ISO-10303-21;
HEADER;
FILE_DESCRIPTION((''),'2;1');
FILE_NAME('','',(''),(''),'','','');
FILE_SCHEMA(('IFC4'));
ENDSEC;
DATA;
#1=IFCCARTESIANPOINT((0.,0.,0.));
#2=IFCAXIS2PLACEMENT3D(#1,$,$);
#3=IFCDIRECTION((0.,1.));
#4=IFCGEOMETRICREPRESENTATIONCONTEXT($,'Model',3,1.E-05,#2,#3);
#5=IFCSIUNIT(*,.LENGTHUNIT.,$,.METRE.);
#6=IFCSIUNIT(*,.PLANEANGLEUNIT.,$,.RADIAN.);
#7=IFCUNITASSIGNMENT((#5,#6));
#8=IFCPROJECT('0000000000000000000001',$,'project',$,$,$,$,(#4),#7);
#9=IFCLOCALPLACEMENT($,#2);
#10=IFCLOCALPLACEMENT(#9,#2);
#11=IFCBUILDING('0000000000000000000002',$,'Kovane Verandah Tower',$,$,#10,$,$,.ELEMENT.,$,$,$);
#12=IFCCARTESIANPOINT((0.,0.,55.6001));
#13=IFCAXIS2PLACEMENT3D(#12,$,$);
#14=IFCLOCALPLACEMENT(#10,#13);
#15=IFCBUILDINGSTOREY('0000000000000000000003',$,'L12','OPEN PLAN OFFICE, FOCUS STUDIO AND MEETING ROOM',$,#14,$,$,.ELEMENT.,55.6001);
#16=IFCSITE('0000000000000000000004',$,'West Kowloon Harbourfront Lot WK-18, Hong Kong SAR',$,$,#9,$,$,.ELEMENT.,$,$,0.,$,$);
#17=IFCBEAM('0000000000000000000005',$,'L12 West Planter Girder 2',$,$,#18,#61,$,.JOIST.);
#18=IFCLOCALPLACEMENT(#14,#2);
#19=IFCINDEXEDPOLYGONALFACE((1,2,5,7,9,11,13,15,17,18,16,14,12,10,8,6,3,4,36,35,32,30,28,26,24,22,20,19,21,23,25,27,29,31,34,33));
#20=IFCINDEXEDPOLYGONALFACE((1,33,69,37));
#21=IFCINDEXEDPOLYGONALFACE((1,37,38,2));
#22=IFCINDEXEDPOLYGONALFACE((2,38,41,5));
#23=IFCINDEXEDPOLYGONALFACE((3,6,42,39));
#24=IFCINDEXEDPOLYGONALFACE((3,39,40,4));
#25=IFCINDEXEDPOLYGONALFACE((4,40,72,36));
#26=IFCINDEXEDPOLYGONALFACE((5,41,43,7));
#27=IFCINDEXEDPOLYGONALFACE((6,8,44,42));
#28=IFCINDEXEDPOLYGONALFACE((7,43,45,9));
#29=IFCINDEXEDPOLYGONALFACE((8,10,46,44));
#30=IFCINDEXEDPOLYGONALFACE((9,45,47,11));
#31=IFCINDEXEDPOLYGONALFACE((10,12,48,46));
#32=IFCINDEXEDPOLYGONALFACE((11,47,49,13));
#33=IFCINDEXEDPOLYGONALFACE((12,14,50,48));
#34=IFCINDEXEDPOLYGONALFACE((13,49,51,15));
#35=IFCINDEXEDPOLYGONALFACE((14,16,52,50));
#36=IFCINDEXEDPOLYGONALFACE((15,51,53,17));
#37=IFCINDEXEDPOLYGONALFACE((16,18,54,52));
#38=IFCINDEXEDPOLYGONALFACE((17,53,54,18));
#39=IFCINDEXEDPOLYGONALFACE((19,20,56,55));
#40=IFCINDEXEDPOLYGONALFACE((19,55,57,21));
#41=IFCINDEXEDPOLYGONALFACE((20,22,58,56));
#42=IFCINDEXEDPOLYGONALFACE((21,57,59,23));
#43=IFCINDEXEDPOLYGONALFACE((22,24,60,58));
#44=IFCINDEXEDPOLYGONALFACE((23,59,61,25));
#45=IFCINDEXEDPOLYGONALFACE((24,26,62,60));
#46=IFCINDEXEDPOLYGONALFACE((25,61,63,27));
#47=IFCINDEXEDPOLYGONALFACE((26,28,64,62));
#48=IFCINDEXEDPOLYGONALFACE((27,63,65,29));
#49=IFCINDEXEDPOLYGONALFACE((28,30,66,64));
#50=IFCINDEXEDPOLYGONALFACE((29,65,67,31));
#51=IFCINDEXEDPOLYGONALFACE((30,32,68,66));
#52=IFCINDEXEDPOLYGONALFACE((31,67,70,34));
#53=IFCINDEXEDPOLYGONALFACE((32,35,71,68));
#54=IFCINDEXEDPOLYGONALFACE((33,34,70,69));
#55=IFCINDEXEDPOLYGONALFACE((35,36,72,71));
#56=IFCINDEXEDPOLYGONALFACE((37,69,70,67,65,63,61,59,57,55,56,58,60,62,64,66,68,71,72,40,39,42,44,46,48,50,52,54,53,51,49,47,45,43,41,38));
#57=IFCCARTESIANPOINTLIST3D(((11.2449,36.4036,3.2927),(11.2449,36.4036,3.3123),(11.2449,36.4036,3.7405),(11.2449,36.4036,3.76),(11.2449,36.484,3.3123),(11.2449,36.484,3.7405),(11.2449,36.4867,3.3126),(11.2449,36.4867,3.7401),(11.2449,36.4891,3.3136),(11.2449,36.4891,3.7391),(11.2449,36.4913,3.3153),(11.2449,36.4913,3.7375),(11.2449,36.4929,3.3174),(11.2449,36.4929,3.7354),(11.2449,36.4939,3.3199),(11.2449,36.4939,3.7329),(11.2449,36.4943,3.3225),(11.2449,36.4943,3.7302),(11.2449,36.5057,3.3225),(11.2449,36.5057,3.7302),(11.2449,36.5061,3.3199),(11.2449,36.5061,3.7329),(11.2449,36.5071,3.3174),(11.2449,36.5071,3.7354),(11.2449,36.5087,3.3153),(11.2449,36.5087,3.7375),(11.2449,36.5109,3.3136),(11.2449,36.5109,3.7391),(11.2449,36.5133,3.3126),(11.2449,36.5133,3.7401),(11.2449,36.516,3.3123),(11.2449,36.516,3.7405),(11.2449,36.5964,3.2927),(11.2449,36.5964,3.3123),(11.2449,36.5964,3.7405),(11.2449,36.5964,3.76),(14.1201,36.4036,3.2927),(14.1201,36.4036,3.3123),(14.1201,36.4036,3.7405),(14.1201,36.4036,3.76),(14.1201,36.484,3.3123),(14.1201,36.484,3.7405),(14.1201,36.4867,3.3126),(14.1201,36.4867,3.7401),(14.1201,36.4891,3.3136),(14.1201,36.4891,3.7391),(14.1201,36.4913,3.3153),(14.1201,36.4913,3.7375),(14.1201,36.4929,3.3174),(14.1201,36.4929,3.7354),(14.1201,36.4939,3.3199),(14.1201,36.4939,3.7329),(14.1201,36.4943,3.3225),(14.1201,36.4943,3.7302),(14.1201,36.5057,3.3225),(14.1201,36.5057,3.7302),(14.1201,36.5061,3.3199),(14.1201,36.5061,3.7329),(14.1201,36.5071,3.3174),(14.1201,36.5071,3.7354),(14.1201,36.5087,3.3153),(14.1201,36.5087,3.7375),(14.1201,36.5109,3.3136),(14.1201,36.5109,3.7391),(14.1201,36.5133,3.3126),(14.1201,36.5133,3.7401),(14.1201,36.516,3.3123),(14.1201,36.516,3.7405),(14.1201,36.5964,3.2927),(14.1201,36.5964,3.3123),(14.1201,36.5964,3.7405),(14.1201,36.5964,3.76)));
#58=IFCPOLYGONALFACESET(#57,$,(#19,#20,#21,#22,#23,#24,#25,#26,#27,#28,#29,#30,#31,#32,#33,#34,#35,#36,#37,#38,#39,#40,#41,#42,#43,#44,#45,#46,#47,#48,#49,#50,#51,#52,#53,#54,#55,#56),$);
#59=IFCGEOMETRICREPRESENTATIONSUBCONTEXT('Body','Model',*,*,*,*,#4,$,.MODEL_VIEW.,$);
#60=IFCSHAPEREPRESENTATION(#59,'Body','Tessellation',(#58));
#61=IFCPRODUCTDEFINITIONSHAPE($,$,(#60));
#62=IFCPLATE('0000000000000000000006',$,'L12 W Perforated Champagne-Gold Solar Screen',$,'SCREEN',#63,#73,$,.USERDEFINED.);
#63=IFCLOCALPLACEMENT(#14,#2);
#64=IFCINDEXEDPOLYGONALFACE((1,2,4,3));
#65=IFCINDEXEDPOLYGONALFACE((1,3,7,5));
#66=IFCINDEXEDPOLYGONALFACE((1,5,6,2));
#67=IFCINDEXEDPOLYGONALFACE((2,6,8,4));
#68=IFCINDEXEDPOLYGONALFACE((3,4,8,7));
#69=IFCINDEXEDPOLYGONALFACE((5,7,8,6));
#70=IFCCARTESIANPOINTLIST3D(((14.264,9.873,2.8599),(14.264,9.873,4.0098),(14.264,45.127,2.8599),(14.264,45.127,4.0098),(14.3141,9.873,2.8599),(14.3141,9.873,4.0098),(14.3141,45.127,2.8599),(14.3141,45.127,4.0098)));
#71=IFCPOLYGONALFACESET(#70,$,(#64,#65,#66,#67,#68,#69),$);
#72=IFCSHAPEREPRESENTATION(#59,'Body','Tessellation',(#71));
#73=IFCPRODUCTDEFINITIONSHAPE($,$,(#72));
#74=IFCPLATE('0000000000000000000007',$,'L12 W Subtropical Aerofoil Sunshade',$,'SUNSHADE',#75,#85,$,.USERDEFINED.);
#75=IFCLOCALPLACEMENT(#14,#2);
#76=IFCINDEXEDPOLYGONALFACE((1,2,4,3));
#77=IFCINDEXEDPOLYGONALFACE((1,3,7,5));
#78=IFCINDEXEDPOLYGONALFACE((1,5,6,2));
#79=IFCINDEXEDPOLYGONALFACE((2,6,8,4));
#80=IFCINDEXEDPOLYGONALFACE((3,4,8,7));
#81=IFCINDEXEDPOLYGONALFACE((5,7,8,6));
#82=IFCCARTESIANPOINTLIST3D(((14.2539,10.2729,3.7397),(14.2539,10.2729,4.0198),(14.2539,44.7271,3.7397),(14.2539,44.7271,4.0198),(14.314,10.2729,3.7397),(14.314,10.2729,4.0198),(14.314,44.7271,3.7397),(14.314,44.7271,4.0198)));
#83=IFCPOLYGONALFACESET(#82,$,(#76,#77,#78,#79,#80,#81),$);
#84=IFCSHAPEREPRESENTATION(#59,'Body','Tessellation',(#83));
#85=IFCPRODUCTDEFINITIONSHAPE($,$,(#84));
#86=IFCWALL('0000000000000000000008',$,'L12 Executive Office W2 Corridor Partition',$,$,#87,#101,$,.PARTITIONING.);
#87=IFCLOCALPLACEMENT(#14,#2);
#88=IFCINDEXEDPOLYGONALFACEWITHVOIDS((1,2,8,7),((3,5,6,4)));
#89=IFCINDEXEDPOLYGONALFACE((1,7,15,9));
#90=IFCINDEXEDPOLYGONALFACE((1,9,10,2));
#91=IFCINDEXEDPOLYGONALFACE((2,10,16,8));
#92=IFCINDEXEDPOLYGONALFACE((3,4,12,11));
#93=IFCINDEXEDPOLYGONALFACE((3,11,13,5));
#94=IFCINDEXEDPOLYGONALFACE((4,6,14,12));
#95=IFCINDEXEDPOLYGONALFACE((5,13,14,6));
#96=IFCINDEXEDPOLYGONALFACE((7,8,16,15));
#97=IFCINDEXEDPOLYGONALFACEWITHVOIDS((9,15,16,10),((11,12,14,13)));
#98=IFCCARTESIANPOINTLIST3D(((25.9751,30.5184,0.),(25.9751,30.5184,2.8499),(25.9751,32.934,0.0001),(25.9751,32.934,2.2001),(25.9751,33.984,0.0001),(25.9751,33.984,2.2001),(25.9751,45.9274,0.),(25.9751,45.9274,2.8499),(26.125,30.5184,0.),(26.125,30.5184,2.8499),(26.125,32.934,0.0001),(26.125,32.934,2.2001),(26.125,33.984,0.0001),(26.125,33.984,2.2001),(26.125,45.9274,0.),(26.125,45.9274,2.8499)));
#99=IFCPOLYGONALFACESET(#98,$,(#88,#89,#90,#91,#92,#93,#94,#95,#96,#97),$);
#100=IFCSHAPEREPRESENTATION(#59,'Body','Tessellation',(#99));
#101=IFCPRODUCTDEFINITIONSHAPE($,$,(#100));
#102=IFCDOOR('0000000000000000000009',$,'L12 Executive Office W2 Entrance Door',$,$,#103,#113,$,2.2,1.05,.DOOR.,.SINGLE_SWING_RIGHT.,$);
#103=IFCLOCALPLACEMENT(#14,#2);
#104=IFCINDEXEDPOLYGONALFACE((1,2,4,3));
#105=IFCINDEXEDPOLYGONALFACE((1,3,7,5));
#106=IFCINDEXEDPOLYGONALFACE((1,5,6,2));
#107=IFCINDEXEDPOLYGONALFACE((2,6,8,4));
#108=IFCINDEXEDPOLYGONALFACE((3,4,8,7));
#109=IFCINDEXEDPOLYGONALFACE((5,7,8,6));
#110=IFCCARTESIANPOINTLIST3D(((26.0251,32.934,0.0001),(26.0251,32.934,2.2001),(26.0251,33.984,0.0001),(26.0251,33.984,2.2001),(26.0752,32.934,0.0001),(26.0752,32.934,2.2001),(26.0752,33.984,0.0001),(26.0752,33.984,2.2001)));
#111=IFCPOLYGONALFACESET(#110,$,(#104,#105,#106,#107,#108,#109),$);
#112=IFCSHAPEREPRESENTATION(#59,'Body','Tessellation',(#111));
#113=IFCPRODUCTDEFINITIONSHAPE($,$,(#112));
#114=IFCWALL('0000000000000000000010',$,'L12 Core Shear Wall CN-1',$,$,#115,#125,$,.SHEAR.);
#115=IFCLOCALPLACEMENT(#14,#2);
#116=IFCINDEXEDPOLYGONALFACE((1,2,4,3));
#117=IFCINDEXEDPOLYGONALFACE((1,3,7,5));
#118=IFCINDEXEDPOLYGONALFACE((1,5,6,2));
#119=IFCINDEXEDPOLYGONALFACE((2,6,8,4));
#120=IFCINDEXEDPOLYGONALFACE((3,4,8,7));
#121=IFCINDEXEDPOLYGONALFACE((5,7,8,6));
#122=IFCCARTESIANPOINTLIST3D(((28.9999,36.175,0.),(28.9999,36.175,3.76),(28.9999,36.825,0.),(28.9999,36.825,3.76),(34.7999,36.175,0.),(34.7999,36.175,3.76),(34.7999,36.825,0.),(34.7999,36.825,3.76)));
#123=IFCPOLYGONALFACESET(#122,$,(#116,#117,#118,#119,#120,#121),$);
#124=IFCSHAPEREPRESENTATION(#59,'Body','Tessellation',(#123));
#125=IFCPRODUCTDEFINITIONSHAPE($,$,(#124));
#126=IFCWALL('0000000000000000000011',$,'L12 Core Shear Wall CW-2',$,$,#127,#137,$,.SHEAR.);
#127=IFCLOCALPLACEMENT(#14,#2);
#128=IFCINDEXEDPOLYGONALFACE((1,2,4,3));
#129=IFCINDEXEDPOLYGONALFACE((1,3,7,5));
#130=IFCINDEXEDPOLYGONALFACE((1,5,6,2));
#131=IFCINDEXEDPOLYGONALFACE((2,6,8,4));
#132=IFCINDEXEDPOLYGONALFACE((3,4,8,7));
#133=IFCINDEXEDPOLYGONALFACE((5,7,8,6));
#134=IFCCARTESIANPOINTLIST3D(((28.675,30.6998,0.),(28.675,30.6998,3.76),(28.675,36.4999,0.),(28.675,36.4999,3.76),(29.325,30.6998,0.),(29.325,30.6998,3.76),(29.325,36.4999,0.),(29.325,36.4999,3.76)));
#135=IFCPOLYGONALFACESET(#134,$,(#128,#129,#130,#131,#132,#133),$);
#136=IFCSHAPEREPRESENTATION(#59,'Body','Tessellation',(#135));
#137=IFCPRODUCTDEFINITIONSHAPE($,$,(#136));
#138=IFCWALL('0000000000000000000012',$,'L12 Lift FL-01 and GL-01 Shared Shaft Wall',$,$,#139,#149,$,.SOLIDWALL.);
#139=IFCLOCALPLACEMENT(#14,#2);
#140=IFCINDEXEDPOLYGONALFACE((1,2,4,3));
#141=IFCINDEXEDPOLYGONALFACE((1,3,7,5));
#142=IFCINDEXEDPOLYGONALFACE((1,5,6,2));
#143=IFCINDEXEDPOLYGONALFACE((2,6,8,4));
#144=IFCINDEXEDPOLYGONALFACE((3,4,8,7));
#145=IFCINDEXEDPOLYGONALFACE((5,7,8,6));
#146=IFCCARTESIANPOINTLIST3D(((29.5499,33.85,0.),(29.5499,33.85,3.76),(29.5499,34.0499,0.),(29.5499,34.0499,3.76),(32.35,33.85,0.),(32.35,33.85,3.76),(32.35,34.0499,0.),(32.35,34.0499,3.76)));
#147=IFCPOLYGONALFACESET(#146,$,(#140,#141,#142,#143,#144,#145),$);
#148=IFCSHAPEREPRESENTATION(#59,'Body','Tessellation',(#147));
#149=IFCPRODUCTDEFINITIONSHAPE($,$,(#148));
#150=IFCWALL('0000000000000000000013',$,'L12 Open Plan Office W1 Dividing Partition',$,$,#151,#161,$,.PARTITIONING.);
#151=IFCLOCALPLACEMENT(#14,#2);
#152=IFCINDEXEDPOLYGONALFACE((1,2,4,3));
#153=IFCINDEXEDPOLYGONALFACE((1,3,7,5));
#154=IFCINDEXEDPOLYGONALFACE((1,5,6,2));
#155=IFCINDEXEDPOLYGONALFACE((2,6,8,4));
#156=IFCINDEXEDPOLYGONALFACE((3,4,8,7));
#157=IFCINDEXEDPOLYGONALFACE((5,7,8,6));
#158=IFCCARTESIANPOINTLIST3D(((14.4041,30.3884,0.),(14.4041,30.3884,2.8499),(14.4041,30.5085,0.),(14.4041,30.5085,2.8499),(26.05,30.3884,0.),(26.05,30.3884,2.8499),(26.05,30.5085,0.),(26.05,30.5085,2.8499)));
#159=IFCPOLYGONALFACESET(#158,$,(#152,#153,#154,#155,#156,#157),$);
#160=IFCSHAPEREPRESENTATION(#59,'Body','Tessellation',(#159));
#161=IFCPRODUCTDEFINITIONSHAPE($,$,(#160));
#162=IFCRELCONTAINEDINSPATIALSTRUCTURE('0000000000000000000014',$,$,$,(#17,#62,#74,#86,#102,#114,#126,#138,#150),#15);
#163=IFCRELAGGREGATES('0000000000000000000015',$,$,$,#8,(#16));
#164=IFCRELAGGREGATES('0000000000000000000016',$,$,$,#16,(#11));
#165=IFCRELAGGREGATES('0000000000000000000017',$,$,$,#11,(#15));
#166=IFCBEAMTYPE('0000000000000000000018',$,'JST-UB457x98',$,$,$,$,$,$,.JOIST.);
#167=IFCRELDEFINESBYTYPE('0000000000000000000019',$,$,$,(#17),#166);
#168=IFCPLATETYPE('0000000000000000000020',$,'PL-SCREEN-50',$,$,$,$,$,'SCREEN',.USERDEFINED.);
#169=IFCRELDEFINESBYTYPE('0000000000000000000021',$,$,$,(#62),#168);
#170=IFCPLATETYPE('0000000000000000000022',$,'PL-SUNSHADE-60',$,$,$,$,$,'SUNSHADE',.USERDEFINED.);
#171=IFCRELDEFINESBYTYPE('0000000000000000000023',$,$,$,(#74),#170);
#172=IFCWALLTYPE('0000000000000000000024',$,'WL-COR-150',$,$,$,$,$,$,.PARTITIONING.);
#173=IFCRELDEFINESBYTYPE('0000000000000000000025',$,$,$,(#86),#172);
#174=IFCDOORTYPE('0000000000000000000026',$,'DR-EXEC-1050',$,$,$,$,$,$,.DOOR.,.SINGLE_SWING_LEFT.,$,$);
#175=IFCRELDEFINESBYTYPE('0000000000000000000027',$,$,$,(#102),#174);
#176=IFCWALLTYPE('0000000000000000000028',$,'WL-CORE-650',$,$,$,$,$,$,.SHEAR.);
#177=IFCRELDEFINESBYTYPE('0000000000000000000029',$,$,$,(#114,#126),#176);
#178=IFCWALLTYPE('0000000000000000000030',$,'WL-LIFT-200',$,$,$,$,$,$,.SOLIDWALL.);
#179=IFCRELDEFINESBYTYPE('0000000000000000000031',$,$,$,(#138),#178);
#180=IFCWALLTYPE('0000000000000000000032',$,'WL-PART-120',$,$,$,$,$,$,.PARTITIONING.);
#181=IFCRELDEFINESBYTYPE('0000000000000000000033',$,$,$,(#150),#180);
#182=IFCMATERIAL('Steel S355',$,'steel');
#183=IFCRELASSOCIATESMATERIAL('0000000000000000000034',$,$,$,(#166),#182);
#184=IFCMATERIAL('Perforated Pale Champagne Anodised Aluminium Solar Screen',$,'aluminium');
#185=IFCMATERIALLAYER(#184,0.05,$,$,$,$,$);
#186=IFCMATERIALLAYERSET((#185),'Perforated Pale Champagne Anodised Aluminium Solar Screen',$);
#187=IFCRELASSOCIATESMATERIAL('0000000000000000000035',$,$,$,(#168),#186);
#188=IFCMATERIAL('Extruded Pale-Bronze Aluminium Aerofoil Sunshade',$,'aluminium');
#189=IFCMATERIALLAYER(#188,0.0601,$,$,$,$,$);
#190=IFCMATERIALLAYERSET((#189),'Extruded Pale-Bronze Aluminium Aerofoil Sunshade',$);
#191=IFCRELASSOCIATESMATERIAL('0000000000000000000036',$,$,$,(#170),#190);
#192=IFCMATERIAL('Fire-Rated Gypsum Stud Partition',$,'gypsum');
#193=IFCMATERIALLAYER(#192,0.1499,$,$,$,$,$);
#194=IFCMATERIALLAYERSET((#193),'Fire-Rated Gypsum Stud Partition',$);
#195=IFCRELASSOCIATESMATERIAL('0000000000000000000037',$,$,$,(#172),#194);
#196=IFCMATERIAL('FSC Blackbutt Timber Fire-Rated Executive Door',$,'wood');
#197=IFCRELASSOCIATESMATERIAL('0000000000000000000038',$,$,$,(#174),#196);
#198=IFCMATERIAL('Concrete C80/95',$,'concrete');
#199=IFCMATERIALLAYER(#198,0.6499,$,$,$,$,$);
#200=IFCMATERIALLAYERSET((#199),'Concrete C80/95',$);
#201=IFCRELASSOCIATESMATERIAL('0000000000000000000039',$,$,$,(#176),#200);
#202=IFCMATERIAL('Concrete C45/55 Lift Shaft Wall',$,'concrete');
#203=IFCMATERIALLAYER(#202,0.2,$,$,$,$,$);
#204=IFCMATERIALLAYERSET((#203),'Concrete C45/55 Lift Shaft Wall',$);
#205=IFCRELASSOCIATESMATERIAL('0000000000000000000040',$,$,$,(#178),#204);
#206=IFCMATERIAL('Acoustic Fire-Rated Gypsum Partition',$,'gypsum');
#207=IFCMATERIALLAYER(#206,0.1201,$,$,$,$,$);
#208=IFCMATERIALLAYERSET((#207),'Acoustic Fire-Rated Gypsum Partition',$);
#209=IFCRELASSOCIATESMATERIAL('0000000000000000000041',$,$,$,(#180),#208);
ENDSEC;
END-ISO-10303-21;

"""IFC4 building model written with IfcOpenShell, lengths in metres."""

from ifc_helpers import new_model, si_unit, direction, frame, frame_2d, origin, origin_2d, place, context, subcontext, project, spatial, rectangle, i_section, extrude, material, layer, layer_set, material_profile, profile_set, type_object, element, fill, save


model = new_model("IFC4")

# Units and contexts
model_context = context("Model", 3, precision=1e-05, world=origin(), true_north=direction((0.0, 1.0)))
body_context = subcontext(model_context, "Body", "Model", "MODEL_VIEW")
ifc_project = project(units=[si_unit("LENGTHUNIT", "METRE"), si_unit("PLANEANGLEUNIT", "RADIAN")], contexts=[model_context])

# Site, building, storey
site_placement = place(None, origin())
site = spatial("IfcSite", under=ifc_project, at=site_placement, Name="West Kowloon Harbourfront Lot WK-18, Hong Kong SAR", CompositionType="ELEMENT", RefElevation=0.0)
building_placement = place(site_placement, origin())
building = spatial("IfcBuilding", under=site, at=building_placement, Name="Kovane Verandah Tower", CompositionType="ELEMENT")
storey_placement = place(building_placement, frame((0.0, 0.0, 55.6001)))
storey = spatial("IfcBuildingStorey", under=building, at=storey_placement, Name="L12", Description="OPEN PLAN OFFICE, FOCUS STUDIO AND MEETING ROOM", CompositionType="ELEMENT", Elevation=55.6001)

# Shared definitions
ifc_material_1 = material(Name="Concrete C80/95", Category="concrete")

# Beam
ifc_material_2 = material(Name="Steel S355", Category="steel")
ifc_material_profile_1 = material_profile(ifc_material_2, i_section(OverallWidth=0.1929, OverallDepth=0.4673, WebThickness=0.0115, FlangeThickness=0.0195, FilletRadius=0.0103, at=origin_2d()), Name="UB457x191x98")
ifc_profile_set_1 = profile_set([ifc_material_profile_1], Name="Steel S355")
beam_type_1 = type_object("IfcBeamType", Name="JST-UB457x98", PredefinedType="JOIST", material=ifc_profile_set_1)
beam_1_placement = place(storey_placement, frame((14.1201, 36.5, 3.5264), z_axis=(-1.0, 0.0, 0.0), x_axis=(0.0, -1.0, 0.0)))
element("IfcBeam", 1, at=beam_1_placement, inside=storey, type_object=beam_type_1, Name="L12 West Planter Girder 2", PredefinedType="JOIST", context=body_context, shape_type="SweptSolid", body=[
    extrude(i_section(OverallWidth=0.1929, OverallDepth=0.4673, WebThickness=0.0115, FlangeThickness=0.0195, FilletRadius=0.0103, at=origin_2d()), origin(), (0.0, 0.0, 1.0), 2.8752),
])

# Plates
ifc_material_3 = material(Name="Perforated Pale Champagne Anodised Aluminium Solar Screen", Category="aluminium")
ifc_layer_1 = layer(ifc_material_3, 0.05)
ifc_layer_set_1 = layer_set([ifc_layer_1], Name="Perforated Pale Champagne Anodised Aluminium Solar Screen")
plate_type_1 = type_object("IfcPlateType", Name="PL-SCREEN-50", ElementType="SCREEN", PredefinedType="USERDEFINED", material=ifc_layer_set_1)
plate_1_placement = place(storey_placement, frame((14.2891, 27.5, 2.8599), z_axis=(0.0, 0.0, 1.0), x_axis=(0.0, -1.0, 0.0)))
element("IfcPlate", 2, at=plate_1_placement, inside=storey, type_object=plate_type_1, Name="L12 W Perforated Champagne-Gold Solar Screen", ObjectType="SCREEN", PredefinedType="USERDEFINED", context=body_context, shape_type="SweptSolid", body=[
    extrude(rectangle(XDim=35.2539, YDim=0.05, at=origin_2d()), origin(), (0.0, 0.0, 1.0), 1.1499),
])
ifc_material_4 = material(Name="Extruded Pale-Bronze Aluminium Aerofoil Sunshade", Category="aluminium")
ifc_layer_2 = layer(ifc_material_4, 0.0601)
ifc_layer_set_2 = layer_set([ifc_layer_2], Name="Extruded Pale-Bronze Aluminium Aerofoil Sunshade")
plate_type_2 = type_object("IfcPlateType", Name="PL-SUNSHADE-60", ElementType="SUNSHADE", PredefinedType="USERDEFINED", material=ifc_layer_set_2)
plate_2_placement = place(storey_placement, frame((14.2839, 27.5, 3.7397), z_axis=(0.0, 0.0, 1.0), x_axis=(0.0, -1.0, 0.0)))
element("IfcPlate", 3, at=plate_2_placement, inside=storey, type_object=plate_type_2, Name="L12 W Subtropical Aerofoil Sunshade", ObjectType="SUNSHADE", PredefinedType="USERDEFINED", context=body_context, shape_type="SweptSolid", body=[
    extrude(rectangle(XDim=34.4541, YDim=0.0601, at=origin_2d()), origin(), (0.0, 0.0, 1.0), 0.28),
])

# Wall, opening, door
ifc_material_5 = material(Name="Fire-Rated Gypsum Stud Partition", Category="gypsum")
ifc_layer_3 = layer(ifc_material_5, 0.1499)
ifc_layer_set_3 = layer_set([ifc_layer_3], Name="Fire-Rated Gypsum Stud Partition")
wall_type_1 = type_object("IfcWallType", Name="WL-COR-150", PredefinedType="PARTITIONING", material=ifc_layer_set_3)
wall_1_placement = place(storey_placement, frame((26.05, 30.5183, 0.0), z_axis=(0.0, 0.0, 1.0), x_axis=(0.0, 1.0, 0.0)))
wall_1 = element("IfcWall", 4, at=wall_1_placement, inside=storey, type_object=wall_type_1, Name="L12 Executive Office W2 Corridor Partition", PredefinedType="PARTITIONING", context=body_context, shape_type="SweptSolid", body=[
    extrude(rectangle(XDim=15.4089, YDim=0.1499, at=frame_2d((7.7046, 0.0))), origin(), (0.0, 0.0, 1.0), 2.8499),
])
opening_1_placement = place(wall_1_placement, frame((2.4158, 0.0, 0.0)))
opening_1 = element("IfcOpeningElement", 5, at=opening_1_placement, cuts=wall_1, PredefinedType="OPENING", context=body_context, shape_type="SweptSolid", body=[
    extrude(rectangle(XDim=1.05, YDim=2.2, at=frame_2d((0.5249, 1.1001))), frame((0.0, 0.075, 0.0), z_axis=(0.0, -1.0, 0.0), x_axis=(1.0, 0.0, 0.0)), (0.0, 0.0, 1.0), 0.1499),
])
ifc_material_6 = material(Name="FSC Blackbutt Timber Fire-Rated Executive Door", Category="wood")
door_type_1 = type_object("IfcDoorType", Name="DR-EXEC-1050", OperationType="SINGLE_SWING_LEFT", PredefinedType="DOOR", material=ifc_material_6)
door_1_placement = place(opening_1_placement, origin())
door_1 = element("IfcDoor", 6, at=door_1_placement, inside=storey, type_object=door_type_1, Name="L12 Executive Office W2 Entrance Door", OperationType="SINGLE_SWING_RIGHT", OverallHeight=2.2, OverallWidth=1.05, PredefinedType="DOOR", context=body_context, shape_type="SweptSolid", body=[
    extrude(rectangle(XDim=1.05, YDim=2.2, at=frame_2d((0.5249, 1.1001))), frame((0.0, 0.0249, 0.0), z_axis=(0.0, -1.0, 0.0), x_axis=(1.0, 0.0, 0.0)), (0.0, 0.0, 1.0), 0.05),
])
fill(opening_1, door_1)

# Walls
ifc_layer_4 = layer(ifc_material_1, 0.6499)
ifc_layer_set_4 = layer_set([ifc_layer_4], Name="Concrete C80/95")
wall_type_2 = type_object("IfcWallType", Name="WL-CORE-650", PredefinedType="SHEAR", material=ifc_layer_set_4)
for number, where, z_axis, x_axis, name in (
    (7, (29.0, 36.5, 0.0), (0.0, 0.0, 1.0), (1.0, 0.0, 0.0), "L12 Core Shear Wall CN-1"),
    (8, (29.0, 30.7, 0.0), (0.0, 0.0, 1.0), (0.0, 1.0, 0.0), "L12 Core Shear Wall CW-2"),
):
    element("IfcWall", number, at=place(storey_placement, frame(where, z_axis=z_axis, x_axis=x_axis)), inside=storey, type_object=wall_type_2, Name=name, PredefinedType="SHEAR", context=body_context, shape_type="SweptSolid", body=[
        extrude(rectangle(XDim=5.8, YDim=0.6499, at=frame_2d((2.8999, 0.0))), origin(), (0.0, 0.0, 1.0), 3.76),
    ])

# Shared definitions
ifc_material_7 = material(Name="Concrete C45/55 Lift Shaft Wall", Category="concrete")
ifc_layer_5 = layer(ifc_material_7, 0.2)
ifc_layer_set_5 = layer_set([ifc_layer_5], Name="Concrete C45/55 Lift Shaft Wall")
wall_type_3 = type_object("IfcWallType", Name="WL-LIFT-200", PredefinedType="SOLIDWALL", material=ifc_layer_set_5)

# Walls
wall_2_placement = place(storey_placement, frame((29.55, 33.95, 0.0), z_axis=(0.0, 0.0, 1.0), x_axis=(1.0, 0.0, 0.0)))
element("IfcWall", 9, at=wall_2_placement, inside=storey, type_object=wall_type_3, Name="L12 Lift FL-01 and GL-01 Shared Shaft Wall", PredefinedType="SOLIDWALL", context=body_context, shape_type="SweptSolid", body=[
    extrude(rectangle(XDim=2.8, YDim=0.2, at=frame_2d((1.3999, 0.0))), origin(), (0.0, 0.0, 1.0), 3.76),
])
ifc_material_8 = material(Name="Acoustic Fire-Rated Gypsum Partition", Category="gypsum")
ifc_layer_6 = layer(ifc_material_8, 0.1201)
ifc_layer_set_6 = layer_set([ifc_layer_6], Name="Acoustic Fire-Rated Gypsum Partition")
wall_type_4 = type_object("IfcWallType", Name="WL-PART-120", PredefinedType="PARTITIONING", material=ifc_layer_set_6)
wall_3_placement = place(storey_placement, frame((14.4041, 30.4485, 0.0), z_axis=(0.0, 0.0, 1.0), x_axis=(1.0, 0.0, 0.0)))
element("IfcWall", 10, at=wall_3_placement, inside=storey, type_object=wall_type_4, Name="L12 Open Plan Office W1 Dividing Partition", PredefinedType="PARTITIONING", context=body_context, shape_type="SweptSolid", body=[
    extrude(rectangle(XDim=11.646, YDim=0.1201, at=frame_2d((5.823, 0.0))), origin(), (0.0, 0.0, 1.0), 2.8499),
])

save(model, "model.ifc")
